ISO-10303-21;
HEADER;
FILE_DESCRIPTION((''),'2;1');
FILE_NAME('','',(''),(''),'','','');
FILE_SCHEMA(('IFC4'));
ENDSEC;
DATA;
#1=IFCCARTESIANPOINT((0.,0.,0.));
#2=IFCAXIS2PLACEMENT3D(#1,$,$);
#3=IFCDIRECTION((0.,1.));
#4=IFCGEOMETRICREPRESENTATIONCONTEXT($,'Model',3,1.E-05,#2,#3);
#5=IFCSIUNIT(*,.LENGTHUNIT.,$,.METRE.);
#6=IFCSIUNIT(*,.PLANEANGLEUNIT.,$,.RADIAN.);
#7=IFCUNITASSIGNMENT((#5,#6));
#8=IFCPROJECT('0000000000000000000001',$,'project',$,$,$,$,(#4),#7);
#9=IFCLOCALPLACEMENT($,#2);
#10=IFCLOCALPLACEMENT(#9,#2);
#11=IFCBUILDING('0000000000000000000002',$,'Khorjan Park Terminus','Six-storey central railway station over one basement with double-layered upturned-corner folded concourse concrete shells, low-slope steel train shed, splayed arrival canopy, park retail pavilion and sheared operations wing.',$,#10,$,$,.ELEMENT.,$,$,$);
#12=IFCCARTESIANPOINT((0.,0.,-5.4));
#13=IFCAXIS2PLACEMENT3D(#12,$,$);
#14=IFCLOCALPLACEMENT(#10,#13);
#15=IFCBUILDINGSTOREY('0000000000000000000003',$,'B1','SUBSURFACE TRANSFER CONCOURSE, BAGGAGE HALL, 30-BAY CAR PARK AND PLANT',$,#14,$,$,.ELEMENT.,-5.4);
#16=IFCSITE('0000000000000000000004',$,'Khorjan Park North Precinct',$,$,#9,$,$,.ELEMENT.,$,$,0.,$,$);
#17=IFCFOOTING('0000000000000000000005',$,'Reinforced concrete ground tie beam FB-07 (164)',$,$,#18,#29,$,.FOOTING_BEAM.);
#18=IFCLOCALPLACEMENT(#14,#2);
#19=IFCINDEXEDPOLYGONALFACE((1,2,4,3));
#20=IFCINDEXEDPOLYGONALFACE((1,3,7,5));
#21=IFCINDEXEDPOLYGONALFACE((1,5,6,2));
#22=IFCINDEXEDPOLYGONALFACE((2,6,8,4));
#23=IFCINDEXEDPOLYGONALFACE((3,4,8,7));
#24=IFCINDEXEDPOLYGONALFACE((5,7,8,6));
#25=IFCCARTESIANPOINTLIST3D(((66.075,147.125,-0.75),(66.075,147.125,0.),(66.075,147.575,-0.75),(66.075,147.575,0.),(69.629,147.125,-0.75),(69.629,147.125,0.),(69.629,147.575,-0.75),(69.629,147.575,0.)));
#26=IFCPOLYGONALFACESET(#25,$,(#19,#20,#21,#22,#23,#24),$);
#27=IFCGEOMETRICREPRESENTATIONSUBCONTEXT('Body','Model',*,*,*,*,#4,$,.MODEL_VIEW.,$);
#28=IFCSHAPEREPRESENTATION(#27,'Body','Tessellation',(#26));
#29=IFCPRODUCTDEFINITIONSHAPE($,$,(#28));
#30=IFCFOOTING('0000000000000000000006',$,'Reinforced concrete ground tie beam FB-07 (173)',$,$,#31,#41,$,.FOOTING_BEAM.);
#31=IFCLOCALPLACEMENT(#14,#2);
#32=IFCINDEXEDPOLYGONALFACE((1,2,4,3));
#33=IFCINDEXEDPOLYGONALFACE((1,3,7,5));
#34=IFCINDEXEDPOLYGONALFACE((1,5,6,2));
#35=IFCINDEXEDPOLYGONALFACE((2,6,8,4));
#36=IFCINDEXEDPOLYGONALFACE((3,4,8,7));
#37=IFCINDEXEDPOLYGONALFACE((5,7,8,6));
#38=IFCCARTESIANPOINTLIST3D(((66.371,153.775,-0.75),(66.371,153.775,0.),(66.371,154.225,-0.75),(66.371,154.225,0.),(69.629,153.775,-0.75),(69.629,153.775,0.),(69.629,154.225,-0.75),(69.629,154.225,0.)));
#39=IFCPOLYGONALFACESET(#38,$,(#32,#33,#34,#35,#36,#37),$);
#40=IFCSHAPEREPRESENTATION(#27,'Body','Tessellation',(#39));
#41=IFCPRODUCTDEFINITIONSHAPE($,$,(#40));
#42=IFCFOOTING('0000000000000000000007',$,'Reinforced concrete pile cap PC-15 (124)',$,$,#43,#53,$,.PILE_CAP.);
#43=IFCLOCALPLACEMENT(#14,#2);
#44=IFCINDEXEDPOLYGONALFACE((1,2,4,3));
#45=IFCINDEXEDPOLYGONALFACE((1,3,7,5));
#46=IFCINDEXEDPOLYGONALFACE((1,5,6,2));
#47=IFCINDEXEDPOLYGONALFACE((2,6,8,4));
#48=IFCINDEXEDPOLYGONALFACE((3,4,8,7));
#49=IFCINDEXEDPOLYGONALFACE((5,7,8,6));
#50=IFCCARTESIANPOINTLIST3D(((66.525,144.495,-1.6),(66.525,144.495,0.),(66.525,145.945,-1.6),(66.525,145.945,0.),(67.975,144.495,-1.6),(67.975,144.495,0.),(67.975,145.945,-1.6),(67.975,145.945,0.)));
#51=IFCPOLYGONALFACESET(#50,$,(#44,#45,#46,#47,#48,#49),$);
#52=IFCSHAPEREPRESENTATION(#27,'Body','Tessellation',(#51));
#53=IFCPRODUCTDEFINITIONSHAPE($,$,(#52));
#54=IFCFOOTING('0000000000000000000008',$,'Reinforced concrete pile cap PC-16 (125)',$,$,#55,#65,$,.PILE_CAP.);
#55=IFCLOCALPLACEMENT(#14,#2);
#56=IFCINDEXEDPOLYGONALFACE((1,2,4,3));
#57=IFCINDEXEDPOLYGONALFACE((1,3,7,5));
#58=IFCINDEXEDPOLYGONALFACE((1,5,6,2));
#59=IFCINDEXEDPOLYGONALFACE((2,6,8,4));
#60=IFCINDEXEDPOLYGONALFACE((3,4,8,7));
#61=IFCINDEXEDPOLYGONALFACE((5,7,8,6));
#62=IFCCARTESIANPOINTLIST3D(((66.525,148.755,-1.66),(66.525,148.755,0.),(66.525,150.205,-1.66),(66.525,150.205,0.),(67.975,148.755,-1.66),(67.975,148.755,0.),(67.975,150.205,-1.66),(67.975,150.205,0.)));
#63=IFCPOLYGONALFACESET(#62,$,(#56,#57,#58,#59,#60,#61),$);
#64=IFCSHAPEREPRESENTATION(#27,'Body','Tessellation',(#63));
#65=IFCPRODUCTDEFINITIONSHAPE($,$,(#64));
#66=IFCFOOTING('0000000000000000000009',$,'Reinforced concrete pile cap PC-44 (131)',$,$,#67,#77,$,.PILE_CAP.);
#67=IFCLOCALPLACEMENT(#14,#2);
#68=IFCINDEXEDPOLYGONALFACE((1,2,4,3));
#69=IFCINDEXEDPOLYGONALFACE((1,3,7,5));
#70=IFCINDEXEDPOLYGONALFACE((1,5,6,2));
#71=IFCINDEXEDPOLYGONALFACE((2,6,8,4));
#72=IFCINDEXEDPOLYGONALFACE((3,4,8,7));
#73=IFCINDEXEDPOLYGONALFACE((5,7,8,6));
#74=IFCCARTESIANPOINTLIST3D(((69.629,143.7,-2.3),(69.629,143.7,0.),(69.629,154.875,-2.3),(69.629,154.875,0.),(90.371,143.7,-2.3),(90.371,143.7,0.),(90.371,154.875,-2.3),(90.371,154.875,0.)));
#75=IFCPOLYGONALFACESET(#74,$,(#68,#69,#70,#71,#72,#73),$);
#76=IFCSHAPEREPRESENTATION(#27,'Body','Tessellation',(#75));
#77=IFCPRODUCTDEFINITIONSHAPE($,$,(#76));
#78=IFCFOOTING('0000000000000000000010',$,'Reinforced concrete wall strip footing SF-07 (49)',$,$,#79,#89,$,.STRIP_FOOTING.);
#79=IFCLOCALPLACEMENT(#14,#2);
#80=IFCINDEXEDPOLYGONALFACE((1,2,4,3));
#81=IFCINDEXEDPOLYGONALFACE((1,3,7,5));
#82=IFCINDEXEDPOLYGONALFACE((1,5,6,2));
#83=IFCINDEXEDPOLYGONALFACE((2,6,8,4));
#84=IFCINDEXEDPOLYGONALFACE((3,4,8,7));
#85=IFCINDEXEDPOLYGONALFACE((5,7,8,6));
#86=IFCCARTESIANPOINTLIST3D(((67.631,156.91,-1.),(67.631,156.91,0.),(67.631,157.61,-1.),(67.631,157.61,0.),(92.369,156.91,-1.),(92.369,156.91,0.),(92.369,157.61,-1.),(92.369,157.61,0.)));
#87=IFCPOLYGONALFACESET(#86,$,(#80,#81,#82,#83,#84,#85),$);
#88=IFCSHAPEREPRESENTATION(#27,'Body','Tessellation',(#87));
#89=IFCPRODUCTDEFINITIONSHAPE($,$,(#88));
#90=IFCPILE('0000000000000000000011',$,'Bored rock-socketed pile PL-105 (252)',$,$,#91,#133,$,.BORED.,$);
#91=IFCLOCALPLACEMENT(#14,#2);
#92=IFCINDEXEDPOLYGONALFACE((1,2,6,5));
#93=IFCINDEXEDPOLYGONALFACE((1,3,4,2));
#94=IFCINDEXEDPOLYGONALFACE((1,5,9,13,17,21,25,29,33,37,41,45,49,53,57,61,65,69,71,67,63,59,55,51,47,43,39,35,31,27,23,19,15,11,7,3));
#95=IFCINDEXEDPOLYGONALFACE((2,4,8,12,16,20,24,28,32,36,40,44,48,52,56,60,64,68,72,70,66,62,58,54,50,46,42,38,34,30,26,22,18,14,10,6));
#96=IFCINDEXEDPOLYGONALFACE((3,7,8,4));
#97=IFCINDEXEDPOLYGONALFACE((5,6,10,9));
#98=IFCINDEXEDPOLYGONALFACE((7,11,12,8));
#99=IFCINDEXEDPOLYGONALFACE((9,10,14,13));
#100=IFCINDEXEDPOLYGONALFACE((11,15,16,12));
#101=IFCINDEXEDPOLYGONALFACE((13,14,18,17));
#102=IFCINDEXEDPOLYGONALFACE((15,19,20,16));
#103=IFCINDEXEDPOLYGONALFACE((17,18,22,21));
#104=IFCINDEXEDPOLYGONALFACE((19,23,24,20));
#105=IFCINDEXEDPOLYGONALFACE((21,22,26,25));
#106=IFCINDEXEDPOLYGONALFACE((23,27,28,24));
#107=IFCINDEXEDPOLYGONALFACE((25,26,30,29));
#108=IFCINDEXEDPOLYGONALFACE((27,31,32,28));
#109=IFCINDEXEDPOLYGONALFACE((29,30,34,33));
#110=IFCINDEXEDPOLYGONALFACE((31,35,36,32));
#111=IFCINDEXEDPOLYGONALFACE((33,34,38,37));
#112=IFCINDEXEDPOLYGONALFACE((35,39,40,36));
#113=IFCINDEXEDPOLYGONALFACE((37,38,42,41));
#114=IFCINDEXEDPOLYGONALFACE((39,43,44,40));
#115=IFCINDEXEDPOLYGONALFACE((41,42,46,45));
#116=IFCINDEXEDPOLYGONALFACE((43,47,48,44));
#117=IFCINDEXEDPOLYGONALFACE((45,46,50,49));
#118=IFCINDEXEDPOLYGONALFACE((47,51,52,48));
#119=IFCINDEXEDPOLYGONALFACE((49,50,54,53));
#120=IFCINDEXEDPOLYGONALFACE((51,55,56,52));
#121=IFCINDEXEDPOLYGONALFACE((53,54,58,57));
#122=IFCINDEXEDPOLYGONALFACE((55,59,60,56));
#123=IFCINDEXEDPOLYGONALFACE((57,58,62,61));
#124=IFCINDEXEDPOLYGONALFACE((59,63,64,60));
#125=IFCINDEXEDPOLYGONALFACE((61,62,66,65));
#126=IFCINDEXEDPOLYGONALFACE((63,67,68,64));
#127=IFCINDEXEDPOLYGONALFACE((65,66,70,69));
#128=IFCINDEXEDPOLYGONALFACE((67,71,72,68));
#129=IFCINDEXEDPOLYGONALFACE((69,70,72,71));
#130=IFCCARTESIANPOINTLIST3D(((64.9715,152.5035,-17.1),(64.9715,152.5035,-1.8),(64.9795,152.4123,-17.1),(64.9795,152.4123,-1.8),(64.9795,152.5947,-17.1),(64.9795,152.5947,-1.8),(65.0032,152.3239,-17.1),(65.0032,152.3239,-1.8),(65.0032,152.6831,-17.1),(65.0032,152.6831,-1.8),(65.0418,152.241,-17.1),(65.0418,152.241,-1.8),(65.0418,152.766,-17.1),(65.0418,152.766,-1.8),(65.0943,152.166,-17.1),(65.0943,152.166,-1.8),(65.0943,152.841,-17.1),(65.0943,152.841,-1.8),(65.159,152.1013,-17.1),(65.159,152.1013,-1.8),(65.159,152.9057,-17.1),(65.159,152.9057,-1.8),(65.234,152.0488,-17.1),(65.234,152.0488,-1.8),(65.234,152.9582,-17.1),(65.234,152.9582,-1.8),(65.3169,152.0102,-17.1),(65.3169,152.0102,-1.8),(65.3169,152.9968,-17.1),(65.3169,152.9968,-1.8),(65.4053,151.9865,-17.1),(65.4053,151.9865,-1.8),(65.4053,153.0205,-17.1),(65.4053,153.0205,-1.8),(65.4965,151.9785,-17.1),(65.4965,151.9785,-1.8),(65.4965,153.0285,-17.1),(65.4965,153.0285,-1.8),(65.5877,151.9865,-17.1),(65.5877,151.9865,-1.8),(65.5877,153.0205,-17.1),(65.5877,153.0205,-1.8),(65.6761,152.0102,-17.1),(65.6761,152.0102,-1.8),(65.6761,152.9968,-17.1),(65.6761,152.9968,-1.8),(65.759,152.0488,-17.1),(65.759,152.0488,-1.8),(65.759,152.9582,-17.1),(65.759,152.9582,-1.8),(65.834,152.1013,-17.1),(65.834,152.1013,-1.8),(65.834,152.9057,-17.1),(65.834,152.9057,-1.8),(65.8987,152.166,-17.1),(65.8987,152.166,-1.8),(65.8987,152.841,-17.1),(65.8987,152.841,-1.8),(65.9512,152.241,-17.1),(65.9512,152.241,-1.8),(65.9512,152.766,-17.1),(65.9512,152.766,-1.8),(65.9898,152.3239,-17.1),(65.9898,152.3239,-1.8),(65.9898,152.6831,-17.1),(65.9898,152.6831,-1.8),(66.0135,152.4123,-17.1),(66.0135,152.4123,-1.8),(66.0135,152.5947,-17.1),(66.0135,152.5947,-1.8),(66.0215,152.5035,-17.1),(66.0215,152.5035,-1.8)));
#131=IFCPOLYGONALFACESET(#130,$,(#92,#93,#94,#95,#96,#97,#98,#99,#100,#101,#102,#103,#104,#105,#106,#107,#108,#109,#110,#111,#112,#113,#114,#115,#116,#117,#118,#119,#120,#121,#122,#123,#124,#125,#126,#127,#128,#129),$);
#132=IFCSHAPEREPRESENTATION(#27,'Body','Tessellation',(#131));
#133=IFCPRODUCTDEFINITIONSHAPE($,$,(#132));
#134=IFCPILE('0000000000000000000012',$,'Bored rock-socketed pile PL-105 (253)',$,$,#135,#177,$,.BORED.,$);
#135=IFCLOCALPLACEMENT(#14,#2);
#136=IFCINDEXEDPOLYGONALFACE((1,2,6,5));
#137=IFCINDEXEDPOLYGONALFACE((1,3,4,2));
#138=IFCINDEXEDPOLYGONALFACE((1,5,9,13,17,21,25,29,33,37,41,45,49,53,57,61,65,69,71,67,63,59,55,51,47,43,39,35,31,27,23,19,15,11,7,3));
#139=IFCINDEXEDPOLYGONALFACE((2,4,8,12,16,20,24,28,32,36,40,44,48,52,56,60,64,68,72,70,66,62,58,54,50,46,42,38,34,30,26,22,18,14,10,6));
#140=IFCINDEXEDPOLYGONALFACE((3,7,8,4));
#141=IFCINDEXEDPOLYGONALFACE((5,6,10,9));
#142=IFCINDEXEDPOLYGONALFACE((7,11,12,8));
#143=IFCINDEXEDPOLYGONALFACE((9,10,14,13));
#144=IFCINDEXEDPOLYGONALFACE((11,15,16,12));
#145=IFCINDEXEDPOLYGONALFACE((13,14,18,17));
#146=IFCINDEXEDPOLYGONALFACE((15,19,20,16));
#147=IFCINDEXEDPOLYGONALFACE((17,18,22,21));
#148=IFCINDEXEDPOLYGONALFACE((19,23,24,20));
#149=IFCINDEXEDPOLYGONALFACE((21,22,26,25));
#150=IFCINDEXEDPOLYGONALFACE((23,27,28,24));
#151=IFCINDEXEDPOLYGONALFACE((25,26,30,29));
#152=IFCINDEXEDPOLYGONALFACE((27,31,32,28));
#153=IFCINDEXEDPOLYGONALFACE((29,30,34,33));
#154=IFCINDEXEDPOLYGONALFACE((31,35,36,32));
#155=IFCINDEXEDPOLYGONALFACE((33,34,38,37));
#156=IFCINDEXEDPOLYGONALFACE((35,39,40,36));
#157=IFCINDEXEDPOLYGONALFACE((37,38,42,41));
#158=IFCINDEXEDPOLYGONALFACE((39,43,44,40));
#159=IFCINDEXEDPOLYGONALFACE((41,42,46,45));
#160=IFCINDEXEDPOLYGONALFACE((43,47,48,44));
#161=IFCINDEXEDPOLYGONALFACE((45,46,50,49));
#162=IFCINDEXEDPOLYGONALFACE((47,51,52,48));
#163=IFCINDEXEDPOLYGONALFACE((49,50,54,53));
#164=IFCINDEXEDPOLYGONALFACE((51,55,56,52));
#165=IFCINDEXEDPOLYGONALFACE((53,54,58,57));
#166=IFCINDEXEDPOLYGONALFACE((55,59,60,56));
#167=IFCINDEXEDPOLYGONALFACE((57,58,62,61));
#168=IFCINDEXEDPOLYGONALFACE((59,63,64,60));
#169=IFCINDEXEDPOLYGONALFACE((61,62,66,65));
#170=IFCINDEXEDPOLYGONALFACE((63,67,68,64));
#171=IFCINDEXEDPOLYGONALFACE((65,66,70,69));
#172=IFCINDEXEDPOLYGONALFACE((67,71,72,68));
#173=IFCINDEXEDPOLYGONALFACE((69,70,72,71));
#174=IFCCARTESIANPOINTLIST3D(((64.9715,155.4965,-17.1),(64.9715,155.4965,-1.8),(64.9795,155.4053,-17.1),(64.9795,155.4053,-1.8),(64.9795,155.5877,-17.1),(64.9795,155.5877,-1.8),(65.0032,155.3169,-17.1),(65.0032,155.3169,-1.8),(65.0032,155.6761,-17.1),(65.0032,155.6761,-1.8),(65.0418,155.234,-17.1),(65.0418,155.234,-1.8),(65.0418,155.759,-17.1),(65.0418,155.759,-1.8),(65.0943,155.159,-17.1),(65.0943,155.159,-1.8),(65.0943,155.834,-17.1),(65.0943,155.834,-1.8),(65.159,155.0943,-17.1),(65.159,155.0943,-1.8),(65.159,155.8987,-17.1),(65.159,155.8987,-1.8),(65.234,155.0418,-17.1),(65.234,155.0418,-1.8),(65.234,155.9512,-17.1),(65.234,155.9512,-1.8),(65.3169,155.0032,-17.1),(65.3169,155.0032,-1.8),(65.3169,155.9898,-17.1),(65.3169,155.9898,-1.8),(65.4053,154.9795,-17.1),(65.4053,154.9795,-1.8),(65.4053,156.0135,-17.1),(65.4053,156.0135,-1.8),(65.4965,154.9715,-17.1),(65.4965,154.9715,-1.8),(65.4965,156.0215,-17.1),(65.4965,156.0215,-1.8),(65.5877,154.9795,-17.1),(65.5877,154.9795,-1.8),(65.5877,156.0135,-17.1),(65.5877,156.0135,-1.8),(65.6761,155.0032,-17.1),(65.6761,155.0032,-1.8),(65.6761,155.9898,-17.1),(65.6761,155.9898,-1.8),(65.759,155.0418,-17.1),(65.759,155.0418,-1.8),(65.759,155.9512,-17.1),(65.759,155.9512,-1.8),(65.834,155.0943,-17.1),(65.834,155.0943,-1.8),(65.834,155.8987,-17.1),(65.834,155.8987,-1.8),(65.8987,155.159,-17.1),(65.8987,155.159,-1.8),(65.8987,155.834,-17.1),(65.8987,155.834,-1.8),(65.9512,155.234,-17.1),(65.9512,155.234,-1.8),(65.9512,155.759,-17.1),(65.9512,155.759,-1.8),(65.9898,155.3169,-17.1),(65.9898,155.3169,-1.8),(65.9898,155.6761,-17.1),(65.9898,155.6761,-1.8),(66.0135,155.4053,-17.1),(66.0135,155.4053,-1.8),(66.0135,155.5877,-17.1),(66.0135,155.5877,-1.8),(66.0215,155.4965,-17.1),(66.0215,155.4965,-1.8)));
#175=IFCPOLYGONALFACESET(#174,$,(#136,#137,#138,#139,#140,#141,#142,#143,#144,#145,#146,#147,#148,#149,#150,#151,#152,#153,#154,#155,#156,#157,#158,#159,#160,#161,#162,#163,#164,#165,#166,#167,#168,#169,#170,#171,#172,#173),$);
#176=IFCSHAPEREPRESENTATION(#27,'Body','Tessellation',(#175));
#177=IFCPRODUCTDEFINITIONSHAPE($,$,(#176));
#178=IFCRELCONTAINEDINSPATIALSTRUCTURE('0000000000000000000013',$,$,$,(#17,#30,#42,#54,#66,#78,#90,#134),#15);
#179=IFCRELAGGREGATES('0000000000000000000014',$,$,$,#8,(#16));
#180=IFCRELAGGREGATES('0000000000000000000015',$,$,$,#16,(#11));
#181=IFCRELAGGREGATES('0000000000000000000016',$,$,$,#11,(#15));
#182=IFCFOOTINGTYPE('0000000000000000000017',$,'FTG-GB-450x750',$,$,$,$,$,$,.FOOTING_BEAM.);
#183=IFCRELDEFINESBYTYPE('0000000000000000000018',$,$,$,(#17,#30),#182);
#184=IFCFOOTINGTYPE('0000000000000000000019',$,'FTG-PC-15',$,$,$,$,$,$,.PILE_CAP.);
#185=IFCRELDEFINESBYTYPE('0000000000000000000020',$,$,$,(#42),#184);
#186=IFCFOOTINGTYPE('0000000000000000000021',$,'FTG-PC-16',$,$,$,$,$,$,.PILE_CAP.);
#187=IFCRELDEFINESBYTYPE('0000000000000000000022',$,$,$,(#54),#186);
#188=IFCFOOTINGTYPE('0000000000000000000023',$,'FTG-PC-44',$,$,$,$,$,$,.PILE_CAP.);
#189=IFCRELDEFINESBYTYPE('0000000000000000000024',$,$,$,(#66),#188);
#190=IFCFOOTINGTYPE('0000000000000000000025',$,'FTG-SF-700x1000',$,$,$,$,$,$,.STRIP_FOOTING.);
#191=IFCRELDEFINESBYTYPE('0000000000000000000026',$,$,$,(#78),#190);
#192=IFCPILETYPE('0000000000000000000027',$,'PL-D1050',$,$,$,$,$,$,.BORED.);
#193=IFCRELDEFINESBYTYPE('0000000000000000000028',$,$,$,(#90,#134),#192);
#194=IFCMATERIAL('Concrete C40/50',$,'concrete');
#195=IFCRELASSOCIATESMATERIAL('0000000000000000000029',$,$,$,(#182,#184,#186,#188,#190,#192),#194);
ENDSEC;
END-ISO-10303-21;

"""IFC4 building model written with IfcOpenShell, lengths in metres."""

from ifc_helpers import new_model, si_unit, direction, frame, origin, origin_2d, place, context, subcontext, project, spatial, rectangle, circle, extrude, material, material_profile, profile_set, type_object, element, save


model = new_model("IFC4")

# Units and contexts
model_context = context("Model", 3, precision=1e-05, world=origin(), true_north=direction((0.0, 1.0)))
body_context = subcontext(model_context, "Body", "Model", "MODEL_VIEW")
ifc_project = project(units=[si_unit("LENGTHUNIT", "METRE"), si_unit("PLANEANGLEUNIT", "RADIAN")], contexts=[model_context])

# Site, building, storey
site_placement = place(None, origin())
site = spatial("IfcSite", under=ifc_project, at=site_placement, Name="Khorjan Park North Precinct", CompositionType="ELEMENT", RefElevation=0.0)
building_placement = place(site_placement, origin())
building = spatial("IfcBuilding", under=site, at=building_placement, Name="Khorjan Park Terminus", Description="Six-storey central railway station over one basement with double-layered upturned-corner folded concourse concrete shells, low-slope steel train shed, splayed arrival canopy, park retail pavilion and sheared operations wing.", CompositionType="ELEMENT")
storey_placement = place(building_placement, frame((0.0, 0.0, -5.4)))
storey = spatial("IfcBuildingStorey", under=building, at=storey_placement, Name="B1", Description="SUBSURFACE TRANSFER CONCOURSE, BAGGAGE HALL, 30-BAY CAR PARK AND PLANT", CompositionType="ELEMENT", Elevation=-5.4)

# Footings
ifc_material_1 = material(Name="Concrete C40/50", Category="concrete")
ifc_material_profile_1 = material_profile(ifc_material_1, rectangle(XDim=0.45, YDim=0.75, at=origin_2d()), Name="RC 450x750")
ifc_profile_set_1 = profile_set([ifc_material_profile_1], Name="Concrete C40/50")
footing_type_1 = type_object("IfcFootingType", Name="FTG-GB-450x750", PredefinedType="FOOTING_BEAM", material=ifc_profile_set_1)
footing_1_placement = place(storey_placement, frame((66.075, 147.35, -0.375), z_axis=(1.0, 0.0, 0.0), x_axis=(0.0, 1.0, 0.0)))
element("IfcFooting", 1, at=footing_1_placement, inside=storey, type_object=footing_type_1, Name="Reinforced concrete ground tie beam FB-07 (164)", PredefinedType="FOOTING_BEAM", context=body_context, shape_type="SweptSolid", body=[
    extrude(rectangle(XDim=0.45, YDim=0.75, at=origin_2d()), origin(), (0.0, 0.0, 1.0), 3.554),
])
footing_2_placement = place(storey_placement, frame((66.371, 154.0, -0.375), z_axis=(1.0, 0.0, 0.0), x_axis=(0.0, 1.0, 0.0)))
element("IfcFooting", 2, at=footing_2_placement, inside=storey, type_object=footing_type_1, Name="Reinforced concrete ground tie beam FB-07 (173)", PredefinedType="FOOTING_BEAM", context=body_context, shape_type="SweptSolid", body=[
    extrude(rectangle(XDim=0.45, YDim=0.75, at=origin_2d()), origin(), (0.0, 0.0, 1.0), 3.258),
])
footing_type_2 = type_object("IfcFootingType", Name="FTG-PC-15", PredefinedType="PILE_CAP", material=ifc_material_1)
footing_3_placement = place(storey_placement, frame((67.25, 145.22, -1.6), z_axis=(0.0, 0.0, 1.0), x_axis=(1.0, 0.0, 0.0)))
element("IfcFooting", 3, at=footing_3_placement, inside=storey, type_object=footing_type_2, Name="Reinforced concrete pile cap PC-15 (124)", PredefinedType="PILE_CAP", context=body_context, shape_type="SweptSolid", body=[
    extrude(rectangle(XDim=1.45, YDim=1.45, at=origin_2d()), origin(), (0.0, 0.0, 1.0), 1.6),
])
footing_type_3 = type_object("IfcFootingType", Name="FTG-PC-16", PredefinedType="PILE_CAP", material=ifc_material_1)
footing_4_placement = place(storey_placement, frame((67.25, 149.48, -1.66), z_axis=(0.0, 0.0, 1.0), x_axis=(1.0, 0.0, 0.0)))
element("IfcFooting", 4, at=footing_4_placement, inside=storey, type_object=footing_type_3, Name="Reinforced concrete pile cap PC-16 (125)", PredefinedType="PILE_CAP", context=body_context, shape_type="SweptSolid", body=[
    extrude(rectangle(XDim=1.45, YDim=1.45, at=origin_2d()), origin(), (0.0, 0.0, 1.0), 1.66),
])
footing_type_4 = type_object("IfcFootingType", Name="FTG-PC-44", PredefinedType="PILE_CAP", material=ifc_material_1)
footing_5_placement = place(storey_placement, frame((80.0, 149.2875, -2.3), z_axis=(0.0, 0.0, 1.0), x_axis=(1.0, 0.0, 0.0)))
element("IfcFooting", 5, at=footing_5_placement, inside=storey, type_object=footing_type_4, Name="Reinforced concrete pile cap PC-44 (131)", PredefinedType="PILE_CAP", context=body_context, shape_type="SweptSolid", body=[
    extrude(rectangle(XDim=20.742, YDim=11.175, at=origin_2d()), origin(), (0.0, 0.0, 1.0), 2.3),
])
ifc_material_profile_2 = material_profile(ifc_material_1, rectangle(XDim=0.7, YDim=1.0, at=origin_2d()), Name="RC 700x1000")
ifc_profile_set_2 = profile_set([ifc_material_profile_2], Name="Concrete C40/50")
footing_type_5 = type_object("IfcFootingType", Name="FTG-SF-700x1000", PredefinedType="STRIP_FOOTING", material=ifc_profile_set_2)
footing_6_placement = place(storey_placement, frame((67.631, 157.26, -0.5), z_axis=(1.0, 0.0, 0.0), x_axis=(0.0, 1.0, 0.0)))
element("IfcFooting", 6, at=footing_6_placement, inside=storey, type_object=footing_type_5, Name="Reinforced concrete wall strip footing SF-07 (49)", PredefinedType="STRIP_FOOTING", context=body_context, shape_type="SweptSolid", body=[
    extrude(rectangle(XDim=0.7, YDim=1.0, at=origin_2d()), origin(), (0.0, 0.0, 1.0), 24.738),
])

# Piles
ifc_material_profile_3 = material_profile(ifc_material_1, circle(Radius=0.525, at=origin_2d()), Name="BORED D1050")
ifc_profile_set_3 = profile_set([ifc_material_profile_3], Name="Concrete C40/50")
pile_type_1 = type_object("IfcPileType", Name="PL-D1050", PredefinedType="BORED", material=ifc_profile_set_3)
for number, where, z_axis, x_axis, name in (
    (7, (65.4965, 152.5035, -1.8), (0.0, 0.0, -1.0), (1.0, 0.0, 0.0), "Bored rock-socketed pile PL-105 (252)"),
    (8, (65.4965, 155.4965, -1.8), (0.0, 0.0, -1.0), (1.0, 0.0, 0.0), "Bored rock-socketed pile PL-105 (253)"),
):
    element("IfcPile", number, at=place(storey_placement, frame(where, z_axis=z_axis, x_axis=x_axis)), inside=storey, type_object=pile_type_1, Name=name, PredefinedType="BORED", context=body_context, shape_type="SweptSolid", body=[
        extrude(circle(Radius=0.525, at=origin_2d()), origin(), (0.0, 0.0, 1.0), 15.3),
    ])

save(model, "model.ifc")
